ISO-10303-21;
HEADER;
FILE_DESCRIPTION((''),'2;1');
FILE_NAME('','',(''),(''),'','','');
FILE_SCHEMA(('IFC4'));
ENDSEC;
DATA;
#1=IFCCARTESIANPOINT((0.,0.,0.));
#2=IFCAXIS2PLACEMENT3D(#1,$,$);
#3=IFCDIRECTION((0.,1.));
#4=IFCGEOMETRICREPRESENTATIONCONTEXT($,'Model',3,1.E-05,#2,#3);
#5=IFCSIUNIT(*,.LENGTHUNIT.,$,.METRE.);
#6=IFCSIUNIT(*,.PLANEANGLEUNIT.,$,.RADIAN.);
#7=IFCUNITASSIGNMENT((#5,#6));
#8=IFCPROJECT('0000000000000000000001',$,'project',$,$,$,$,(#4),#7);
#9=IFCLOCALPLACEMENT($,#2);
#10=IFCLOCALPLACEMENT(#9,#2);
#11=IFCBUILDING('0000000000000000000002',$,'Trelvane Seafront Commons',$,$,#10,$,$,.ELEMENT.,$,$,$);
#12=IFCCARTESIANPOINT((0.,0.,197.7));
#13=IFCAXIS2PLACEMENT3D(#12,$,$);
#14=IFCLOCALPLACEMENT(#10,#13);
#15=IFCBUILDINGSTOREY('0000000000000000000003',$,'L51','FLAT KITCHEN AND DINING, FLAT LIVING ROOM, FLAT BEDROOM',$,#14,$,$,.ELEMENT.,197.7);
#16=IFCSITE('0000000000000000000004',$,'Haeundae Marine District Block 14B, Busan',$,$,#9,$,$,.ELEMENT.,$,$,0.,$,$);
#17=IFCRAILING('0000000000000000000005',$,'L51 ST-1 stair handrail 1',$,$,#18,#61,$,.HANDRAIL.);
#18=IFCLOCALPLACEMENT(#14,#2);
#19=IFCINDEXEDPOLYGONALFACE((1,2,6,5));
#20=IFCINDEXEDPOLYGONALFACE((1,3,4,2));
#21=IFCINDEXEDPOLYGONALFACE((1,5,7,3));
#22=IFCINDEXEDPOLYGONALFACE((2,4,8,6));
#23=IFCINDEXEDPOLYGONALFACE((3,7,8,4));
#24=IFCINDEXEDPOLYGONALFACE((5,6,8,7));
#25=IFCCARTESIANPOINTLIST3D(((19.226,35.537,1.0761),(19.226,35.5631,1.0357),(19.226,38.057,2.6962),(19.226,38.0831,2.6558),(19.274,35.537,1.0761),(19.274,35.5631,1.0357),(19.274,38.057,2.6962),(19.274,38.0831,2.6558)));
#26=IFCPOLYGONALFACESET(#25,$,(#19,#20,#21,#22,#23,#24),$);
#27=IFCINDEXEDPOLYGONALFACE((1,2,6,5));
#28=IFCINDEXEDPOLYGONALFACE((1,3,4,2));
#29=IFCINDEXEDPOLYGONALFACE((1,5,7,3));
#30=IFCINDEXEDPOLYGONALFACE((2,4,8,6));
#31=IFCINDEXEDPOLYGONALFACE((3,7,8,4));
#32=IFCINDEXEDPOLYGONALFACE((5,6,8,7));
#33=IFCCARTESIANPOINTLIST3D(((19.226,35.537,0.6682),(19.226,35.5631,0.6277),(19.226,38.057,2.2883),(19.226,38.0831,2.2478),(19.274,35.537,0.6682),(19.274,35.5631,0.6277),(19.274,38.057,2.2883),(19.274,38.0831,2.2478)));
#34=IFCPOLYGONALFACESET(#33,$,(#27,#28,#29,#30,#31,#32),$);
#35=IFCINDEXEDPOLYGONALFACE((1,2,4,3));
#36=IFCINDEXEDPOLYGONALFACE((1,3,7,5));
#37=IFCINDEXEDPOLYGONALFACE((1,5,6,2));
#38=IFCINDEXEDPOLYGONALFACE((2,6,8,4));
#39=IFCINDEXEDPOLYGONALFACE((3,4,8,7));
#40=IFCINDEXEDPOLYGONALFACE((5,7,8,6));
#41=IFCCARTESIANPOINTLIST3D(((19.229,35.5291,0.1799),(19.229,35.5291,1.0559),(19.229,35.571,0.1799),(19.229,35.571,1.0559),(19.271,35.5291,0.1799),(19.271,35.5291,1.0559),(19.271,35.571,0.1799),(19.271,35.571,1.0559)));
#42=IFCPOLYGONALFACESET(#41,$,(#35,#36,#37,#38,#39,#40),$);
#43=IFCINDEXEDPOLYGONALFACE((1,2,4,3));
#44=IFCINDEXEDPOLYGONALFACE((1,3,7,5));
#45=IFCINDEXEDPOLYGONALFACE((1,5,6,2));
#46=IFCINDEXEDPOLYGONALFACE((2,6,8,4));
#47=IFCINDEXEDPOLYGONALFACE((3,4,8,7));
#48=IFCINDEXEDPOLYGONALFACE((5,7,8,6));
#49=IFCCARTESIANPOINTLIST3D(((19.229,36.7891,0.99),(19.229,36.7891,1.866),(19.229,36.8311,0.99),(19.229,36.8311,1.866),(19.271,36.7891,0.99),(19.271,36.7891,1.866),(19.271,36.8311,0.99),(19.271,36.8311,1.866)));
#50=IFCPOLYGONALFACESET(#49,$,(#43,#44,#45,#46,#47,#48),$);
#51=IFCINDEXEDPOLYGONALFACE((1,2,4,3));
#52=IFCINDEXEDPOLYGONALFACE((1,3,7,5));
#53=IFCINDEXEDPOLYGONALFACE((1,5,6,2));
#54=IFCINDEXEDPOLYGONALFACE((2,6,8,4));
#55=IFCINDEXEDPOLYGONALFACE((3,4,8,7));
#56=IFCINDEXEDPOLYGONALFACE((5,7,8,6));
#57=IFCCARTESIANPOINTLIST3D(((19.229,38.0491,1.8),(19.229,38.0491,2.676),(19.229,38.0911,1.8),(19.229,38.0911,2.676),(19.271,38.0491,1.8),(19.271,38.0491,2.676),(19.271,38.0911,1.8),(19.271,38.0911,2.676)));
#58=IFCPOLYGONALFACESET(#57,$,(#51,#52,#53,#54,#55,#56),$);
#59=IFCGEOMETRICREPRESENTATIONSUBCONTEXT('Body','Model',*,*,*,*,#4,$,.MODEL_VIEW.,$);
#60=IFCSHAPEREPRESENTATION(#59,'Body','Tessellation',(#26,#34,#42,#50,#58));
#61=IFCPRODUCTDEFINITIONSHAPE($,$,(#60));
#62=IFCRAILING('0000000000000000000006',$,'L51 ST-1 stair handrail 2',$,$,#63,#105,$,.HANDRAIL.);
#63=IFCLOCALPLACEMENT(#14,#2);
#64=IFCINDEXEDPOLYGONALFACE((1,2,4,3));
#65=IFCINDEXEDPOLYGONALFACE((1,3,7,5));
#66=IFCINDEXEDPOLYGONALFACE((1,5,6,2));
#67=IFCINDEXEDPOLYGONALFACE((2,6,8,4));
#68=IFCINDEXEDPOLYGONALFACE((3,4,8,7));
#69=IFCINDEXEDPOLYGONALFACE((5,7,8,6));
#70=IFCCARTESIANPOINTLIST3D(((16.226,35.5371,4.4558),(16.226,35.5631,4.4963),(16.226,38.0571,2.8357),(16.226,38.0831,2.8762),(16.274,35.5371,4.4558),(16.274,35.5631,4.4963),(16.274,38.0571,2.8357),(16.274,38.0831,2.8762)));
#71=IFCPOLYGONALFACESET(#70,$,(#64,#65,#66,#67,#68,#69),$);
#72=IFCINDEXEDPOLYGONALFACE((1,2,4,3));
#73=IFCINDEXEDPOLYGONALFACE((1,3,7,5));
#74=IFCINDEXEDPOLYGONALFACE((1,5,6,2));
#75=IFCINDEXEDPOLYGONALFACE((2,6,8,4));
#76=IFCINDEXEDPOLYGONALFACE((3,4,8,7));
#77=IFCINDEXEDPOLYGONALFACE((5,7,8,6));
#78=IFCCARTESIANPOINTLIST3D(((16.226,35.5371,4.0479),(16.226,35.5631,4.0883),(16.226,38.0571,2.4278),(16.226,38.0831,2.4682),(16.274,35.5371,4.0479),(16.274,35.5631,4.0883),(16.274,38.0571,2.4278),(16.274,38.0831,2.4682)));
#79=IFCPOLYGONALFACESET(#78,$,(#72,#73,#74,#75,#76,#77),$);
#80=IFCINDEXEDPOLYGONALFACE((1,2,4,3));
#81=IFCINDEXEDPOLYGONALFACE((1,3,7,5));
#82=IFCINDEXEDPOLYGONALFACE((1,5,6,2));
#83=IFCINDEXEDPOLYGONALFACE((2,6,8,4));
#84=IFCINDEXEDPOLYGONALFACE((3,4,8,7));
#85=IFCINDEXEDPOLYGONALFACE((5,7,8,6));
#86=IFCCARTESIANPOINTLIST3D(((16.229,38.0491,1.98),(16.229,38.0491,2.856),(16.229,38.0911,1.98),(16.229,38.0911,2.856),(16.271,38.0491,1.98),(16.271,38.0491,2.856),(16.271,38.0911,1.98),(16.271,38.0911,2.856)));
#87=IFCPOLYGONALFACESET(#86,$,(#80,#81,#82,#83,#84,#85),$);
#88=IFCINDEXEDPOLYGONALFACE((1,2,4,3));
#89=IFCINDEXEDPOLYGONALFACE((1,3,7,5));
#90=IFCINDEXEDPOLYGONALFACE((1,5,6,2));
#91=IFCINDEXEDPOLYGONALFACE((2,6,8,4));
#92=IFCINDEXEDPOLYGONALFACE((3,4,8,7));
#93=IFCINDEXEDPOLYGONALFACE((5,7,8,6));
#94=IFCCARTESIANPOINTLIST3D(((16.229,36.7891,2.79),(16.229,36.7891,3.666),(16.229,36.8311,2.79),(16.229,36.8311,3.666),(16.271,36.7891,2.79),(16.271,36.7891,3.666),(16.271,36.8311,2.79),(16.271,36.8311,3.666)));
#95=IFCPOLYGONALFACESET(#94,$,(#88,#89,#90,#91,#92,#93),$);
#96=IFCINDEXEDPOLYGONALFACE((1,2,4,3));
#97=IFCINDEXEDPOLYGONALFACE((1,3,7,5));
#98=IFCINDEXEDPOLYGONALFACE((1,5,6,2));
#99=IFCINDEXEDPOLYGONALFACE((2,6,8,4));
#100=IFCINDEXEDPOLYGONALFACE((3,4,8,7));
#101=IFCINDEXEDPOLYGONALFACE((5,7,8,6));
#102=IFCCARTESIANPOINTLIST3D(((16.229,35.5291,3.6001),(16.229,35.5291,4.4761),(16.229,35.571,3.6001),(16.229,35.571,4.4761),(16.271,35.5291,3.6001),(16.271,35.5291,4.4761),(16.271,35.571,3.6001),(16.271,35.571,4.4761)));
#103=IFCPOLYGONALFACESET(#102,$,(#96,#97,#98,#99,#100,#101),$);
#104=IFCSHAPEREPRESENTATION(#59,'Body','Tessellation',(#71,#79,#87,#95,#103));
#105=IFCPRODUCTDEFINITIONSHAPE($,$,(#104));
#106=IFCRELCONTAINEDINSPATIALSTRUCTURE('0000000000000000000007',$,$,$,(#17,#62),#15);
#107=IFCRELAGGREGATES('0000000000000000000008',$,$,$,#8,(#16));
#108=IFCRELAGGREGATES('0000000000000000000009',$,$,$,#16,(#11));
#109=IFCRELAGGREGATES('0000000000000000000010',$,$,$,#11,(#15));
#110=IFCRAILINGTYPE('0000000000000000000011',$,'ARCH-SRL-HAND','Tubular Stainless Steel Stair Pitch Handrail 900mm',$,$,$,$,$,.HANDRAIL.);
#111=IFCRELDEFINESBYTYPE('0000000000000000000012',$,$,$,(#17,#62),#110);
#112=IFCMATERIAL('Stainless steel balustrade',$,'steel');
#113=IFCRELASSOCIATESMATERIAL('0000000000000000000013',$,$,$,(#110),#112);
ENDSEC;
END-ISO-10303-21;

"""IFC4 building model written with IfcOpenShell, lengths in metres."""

from ifc_helpers import new_model, si_unit, direction, frame, origin, origin_2d, place, context, subcontext, project, spatial, rectangle, extrude, material, type_object, element, save


model = new_model("IFC4")

# Units and contexts
model_context = context("Model", 3, precision=1e-05, world=origin(), true_north=direction((0.0, 1.0)))
body_context = subcontext(model_context, "Body", "Model", "MODEL_VIEW")
ifc_project = project(units=[si_unit("LENGTHUNIT", "METRE"), si_unit("PLANEANGLEUNIT", "RADIAN")], contexts=[model_context])

# Site, building, storey
site_placement = place(None, origin())
site = spatial("IfcSite", under=ifc_project, at=site_placement, Name="Haeundae Marine District Block 14B, Busan", CompositionType="ELEMENT", RefElevation=0.0)
building_placement = place(site_placement, origin())
building = spatial("IfcBuilding", under=site, at=building_placement, Name="Trelvane Seafront Commons", CompositionType="ELEMENT")
storey_placement = place(building_placement, frame((0.0, 0.0, 197.7)))
storey = spatial("IfcBuildingStorey", under=building, at=storey_placement, Name="L51", Description="FLAT KITCHEN AND DINING, FLAT LIVING ROOM, FLAT BEDROOM", CompositionType="ELEMENT", Elevation=197.7)

# Shared definitions
ifc_material_1 = material(Name="Stainless steel balustrade", Category="steel")

# Railings
railing_type_1 = type_object("IfcRailingType", Name="ARCH-SRL-HAND", Description="Tubular Stainless Steel Stair Pitch Handrail 900mm", PredefinedType="HANDRAIL", material=ifc_material_1)
railing_1_placement = place(storey_placement, frame((19.25, 35.55, 0.1799)))
element("IfcRailing", 1, at=railing_1_placement, inside=storey, type_object=railing_type_1, Name="L51 ST-1 stair handrail 1", PredefinedType="HANDRAIL", context=body_context, shape_type="SweptSolid", body=[
    extrude(rectangle(XDim=0.0481, YDim=0.0481, at=origin_2d()), frame((0.0, 0.0, 0.876), z_axis=(0.0, 0.841163, 0.540782), x_axis=(-1.0, 0.0, 0.0)), (0.0, 0.0, 1.0), 2.9958),
    extrude(rectangle(XDim=0.0481, YDim=0.0481, at=origin_2d()), frame((0.0, 0.0, 0.468), z_axis=(0.0, 0.841163, 0.540782), x_axis=(-1.0, 0.0, 0.0)), (0.0, 0.0, 1.0), 2.9958),
    extrude(rectangle(XDim=0.042, YDim=0.042, at=origin_2d()), origin(), (0.0, 0.0, 1.0), 0.876),
    extrude(rectangle(XDim=0.042, YDim=0.042, at=origin_2d()), frame((0.0, 1.26, 0.8101)), (0.0, 0.0, 1.0), 0.876),
    extrude(rectangle(XDim=0.042, YDim=0.042, at=origin_2d()), frame((0.0, 2.52, 1.6201)), (0.0, 0.0, 1.0), 0.876),
])
railing_2_placement = place(storey_placement, frame((16.25, 38.0701, 1.98)))
element("IfcRailing", 2, at=railing_2_placement, inside=storey, type_object=railing_type_1, Name="L51 ST-1 stair handrail 2", PredefinedType="HANDRAIL", context=body_context, shape_type="SweptSolid", body=[
    extrude(rectangle(XDim=0.0481, YDim=0.0481, at=origin_2d()), frame((0.0, 0.0, 0.876), z_axis=(0.0, -0.841163, 0.540782), x_axis=(1.0, 0.0, 0.0)), (0.0, 0.0, 1.0), 2.9958),
    extrude(rectangle(XDim=0.0481, YDim=0.0481, at=origin_2d()), frame((0.0, 0.0, 0.468), z_axis=(0.0, -0.841163, 0.540782), x_axis=(1.0, 0.0, 0.0)), (0.0, 0.0, 1.0), 2.9958),
    extrude(rectangle(XDim=0.042, YDim=0.042, at=origin_2d()), origin(), (0.0, 0.0, 1.0), 0.876),
    extrude(rectangle(XDim=0.042, YDim=0.042, at=origin_2d()), frame((0.0, -1.26, 0.8101)), (0.0, 0.0, 1.0), 0.876),
    extrude(rectangle(XDim=0.042, YDim=0.042, at=origin_2d()), frame((0.0, -2.52, 1.6201)), (0.0, 0.0, 1.0), 0.876),
])

save(model, "model.ifc")
